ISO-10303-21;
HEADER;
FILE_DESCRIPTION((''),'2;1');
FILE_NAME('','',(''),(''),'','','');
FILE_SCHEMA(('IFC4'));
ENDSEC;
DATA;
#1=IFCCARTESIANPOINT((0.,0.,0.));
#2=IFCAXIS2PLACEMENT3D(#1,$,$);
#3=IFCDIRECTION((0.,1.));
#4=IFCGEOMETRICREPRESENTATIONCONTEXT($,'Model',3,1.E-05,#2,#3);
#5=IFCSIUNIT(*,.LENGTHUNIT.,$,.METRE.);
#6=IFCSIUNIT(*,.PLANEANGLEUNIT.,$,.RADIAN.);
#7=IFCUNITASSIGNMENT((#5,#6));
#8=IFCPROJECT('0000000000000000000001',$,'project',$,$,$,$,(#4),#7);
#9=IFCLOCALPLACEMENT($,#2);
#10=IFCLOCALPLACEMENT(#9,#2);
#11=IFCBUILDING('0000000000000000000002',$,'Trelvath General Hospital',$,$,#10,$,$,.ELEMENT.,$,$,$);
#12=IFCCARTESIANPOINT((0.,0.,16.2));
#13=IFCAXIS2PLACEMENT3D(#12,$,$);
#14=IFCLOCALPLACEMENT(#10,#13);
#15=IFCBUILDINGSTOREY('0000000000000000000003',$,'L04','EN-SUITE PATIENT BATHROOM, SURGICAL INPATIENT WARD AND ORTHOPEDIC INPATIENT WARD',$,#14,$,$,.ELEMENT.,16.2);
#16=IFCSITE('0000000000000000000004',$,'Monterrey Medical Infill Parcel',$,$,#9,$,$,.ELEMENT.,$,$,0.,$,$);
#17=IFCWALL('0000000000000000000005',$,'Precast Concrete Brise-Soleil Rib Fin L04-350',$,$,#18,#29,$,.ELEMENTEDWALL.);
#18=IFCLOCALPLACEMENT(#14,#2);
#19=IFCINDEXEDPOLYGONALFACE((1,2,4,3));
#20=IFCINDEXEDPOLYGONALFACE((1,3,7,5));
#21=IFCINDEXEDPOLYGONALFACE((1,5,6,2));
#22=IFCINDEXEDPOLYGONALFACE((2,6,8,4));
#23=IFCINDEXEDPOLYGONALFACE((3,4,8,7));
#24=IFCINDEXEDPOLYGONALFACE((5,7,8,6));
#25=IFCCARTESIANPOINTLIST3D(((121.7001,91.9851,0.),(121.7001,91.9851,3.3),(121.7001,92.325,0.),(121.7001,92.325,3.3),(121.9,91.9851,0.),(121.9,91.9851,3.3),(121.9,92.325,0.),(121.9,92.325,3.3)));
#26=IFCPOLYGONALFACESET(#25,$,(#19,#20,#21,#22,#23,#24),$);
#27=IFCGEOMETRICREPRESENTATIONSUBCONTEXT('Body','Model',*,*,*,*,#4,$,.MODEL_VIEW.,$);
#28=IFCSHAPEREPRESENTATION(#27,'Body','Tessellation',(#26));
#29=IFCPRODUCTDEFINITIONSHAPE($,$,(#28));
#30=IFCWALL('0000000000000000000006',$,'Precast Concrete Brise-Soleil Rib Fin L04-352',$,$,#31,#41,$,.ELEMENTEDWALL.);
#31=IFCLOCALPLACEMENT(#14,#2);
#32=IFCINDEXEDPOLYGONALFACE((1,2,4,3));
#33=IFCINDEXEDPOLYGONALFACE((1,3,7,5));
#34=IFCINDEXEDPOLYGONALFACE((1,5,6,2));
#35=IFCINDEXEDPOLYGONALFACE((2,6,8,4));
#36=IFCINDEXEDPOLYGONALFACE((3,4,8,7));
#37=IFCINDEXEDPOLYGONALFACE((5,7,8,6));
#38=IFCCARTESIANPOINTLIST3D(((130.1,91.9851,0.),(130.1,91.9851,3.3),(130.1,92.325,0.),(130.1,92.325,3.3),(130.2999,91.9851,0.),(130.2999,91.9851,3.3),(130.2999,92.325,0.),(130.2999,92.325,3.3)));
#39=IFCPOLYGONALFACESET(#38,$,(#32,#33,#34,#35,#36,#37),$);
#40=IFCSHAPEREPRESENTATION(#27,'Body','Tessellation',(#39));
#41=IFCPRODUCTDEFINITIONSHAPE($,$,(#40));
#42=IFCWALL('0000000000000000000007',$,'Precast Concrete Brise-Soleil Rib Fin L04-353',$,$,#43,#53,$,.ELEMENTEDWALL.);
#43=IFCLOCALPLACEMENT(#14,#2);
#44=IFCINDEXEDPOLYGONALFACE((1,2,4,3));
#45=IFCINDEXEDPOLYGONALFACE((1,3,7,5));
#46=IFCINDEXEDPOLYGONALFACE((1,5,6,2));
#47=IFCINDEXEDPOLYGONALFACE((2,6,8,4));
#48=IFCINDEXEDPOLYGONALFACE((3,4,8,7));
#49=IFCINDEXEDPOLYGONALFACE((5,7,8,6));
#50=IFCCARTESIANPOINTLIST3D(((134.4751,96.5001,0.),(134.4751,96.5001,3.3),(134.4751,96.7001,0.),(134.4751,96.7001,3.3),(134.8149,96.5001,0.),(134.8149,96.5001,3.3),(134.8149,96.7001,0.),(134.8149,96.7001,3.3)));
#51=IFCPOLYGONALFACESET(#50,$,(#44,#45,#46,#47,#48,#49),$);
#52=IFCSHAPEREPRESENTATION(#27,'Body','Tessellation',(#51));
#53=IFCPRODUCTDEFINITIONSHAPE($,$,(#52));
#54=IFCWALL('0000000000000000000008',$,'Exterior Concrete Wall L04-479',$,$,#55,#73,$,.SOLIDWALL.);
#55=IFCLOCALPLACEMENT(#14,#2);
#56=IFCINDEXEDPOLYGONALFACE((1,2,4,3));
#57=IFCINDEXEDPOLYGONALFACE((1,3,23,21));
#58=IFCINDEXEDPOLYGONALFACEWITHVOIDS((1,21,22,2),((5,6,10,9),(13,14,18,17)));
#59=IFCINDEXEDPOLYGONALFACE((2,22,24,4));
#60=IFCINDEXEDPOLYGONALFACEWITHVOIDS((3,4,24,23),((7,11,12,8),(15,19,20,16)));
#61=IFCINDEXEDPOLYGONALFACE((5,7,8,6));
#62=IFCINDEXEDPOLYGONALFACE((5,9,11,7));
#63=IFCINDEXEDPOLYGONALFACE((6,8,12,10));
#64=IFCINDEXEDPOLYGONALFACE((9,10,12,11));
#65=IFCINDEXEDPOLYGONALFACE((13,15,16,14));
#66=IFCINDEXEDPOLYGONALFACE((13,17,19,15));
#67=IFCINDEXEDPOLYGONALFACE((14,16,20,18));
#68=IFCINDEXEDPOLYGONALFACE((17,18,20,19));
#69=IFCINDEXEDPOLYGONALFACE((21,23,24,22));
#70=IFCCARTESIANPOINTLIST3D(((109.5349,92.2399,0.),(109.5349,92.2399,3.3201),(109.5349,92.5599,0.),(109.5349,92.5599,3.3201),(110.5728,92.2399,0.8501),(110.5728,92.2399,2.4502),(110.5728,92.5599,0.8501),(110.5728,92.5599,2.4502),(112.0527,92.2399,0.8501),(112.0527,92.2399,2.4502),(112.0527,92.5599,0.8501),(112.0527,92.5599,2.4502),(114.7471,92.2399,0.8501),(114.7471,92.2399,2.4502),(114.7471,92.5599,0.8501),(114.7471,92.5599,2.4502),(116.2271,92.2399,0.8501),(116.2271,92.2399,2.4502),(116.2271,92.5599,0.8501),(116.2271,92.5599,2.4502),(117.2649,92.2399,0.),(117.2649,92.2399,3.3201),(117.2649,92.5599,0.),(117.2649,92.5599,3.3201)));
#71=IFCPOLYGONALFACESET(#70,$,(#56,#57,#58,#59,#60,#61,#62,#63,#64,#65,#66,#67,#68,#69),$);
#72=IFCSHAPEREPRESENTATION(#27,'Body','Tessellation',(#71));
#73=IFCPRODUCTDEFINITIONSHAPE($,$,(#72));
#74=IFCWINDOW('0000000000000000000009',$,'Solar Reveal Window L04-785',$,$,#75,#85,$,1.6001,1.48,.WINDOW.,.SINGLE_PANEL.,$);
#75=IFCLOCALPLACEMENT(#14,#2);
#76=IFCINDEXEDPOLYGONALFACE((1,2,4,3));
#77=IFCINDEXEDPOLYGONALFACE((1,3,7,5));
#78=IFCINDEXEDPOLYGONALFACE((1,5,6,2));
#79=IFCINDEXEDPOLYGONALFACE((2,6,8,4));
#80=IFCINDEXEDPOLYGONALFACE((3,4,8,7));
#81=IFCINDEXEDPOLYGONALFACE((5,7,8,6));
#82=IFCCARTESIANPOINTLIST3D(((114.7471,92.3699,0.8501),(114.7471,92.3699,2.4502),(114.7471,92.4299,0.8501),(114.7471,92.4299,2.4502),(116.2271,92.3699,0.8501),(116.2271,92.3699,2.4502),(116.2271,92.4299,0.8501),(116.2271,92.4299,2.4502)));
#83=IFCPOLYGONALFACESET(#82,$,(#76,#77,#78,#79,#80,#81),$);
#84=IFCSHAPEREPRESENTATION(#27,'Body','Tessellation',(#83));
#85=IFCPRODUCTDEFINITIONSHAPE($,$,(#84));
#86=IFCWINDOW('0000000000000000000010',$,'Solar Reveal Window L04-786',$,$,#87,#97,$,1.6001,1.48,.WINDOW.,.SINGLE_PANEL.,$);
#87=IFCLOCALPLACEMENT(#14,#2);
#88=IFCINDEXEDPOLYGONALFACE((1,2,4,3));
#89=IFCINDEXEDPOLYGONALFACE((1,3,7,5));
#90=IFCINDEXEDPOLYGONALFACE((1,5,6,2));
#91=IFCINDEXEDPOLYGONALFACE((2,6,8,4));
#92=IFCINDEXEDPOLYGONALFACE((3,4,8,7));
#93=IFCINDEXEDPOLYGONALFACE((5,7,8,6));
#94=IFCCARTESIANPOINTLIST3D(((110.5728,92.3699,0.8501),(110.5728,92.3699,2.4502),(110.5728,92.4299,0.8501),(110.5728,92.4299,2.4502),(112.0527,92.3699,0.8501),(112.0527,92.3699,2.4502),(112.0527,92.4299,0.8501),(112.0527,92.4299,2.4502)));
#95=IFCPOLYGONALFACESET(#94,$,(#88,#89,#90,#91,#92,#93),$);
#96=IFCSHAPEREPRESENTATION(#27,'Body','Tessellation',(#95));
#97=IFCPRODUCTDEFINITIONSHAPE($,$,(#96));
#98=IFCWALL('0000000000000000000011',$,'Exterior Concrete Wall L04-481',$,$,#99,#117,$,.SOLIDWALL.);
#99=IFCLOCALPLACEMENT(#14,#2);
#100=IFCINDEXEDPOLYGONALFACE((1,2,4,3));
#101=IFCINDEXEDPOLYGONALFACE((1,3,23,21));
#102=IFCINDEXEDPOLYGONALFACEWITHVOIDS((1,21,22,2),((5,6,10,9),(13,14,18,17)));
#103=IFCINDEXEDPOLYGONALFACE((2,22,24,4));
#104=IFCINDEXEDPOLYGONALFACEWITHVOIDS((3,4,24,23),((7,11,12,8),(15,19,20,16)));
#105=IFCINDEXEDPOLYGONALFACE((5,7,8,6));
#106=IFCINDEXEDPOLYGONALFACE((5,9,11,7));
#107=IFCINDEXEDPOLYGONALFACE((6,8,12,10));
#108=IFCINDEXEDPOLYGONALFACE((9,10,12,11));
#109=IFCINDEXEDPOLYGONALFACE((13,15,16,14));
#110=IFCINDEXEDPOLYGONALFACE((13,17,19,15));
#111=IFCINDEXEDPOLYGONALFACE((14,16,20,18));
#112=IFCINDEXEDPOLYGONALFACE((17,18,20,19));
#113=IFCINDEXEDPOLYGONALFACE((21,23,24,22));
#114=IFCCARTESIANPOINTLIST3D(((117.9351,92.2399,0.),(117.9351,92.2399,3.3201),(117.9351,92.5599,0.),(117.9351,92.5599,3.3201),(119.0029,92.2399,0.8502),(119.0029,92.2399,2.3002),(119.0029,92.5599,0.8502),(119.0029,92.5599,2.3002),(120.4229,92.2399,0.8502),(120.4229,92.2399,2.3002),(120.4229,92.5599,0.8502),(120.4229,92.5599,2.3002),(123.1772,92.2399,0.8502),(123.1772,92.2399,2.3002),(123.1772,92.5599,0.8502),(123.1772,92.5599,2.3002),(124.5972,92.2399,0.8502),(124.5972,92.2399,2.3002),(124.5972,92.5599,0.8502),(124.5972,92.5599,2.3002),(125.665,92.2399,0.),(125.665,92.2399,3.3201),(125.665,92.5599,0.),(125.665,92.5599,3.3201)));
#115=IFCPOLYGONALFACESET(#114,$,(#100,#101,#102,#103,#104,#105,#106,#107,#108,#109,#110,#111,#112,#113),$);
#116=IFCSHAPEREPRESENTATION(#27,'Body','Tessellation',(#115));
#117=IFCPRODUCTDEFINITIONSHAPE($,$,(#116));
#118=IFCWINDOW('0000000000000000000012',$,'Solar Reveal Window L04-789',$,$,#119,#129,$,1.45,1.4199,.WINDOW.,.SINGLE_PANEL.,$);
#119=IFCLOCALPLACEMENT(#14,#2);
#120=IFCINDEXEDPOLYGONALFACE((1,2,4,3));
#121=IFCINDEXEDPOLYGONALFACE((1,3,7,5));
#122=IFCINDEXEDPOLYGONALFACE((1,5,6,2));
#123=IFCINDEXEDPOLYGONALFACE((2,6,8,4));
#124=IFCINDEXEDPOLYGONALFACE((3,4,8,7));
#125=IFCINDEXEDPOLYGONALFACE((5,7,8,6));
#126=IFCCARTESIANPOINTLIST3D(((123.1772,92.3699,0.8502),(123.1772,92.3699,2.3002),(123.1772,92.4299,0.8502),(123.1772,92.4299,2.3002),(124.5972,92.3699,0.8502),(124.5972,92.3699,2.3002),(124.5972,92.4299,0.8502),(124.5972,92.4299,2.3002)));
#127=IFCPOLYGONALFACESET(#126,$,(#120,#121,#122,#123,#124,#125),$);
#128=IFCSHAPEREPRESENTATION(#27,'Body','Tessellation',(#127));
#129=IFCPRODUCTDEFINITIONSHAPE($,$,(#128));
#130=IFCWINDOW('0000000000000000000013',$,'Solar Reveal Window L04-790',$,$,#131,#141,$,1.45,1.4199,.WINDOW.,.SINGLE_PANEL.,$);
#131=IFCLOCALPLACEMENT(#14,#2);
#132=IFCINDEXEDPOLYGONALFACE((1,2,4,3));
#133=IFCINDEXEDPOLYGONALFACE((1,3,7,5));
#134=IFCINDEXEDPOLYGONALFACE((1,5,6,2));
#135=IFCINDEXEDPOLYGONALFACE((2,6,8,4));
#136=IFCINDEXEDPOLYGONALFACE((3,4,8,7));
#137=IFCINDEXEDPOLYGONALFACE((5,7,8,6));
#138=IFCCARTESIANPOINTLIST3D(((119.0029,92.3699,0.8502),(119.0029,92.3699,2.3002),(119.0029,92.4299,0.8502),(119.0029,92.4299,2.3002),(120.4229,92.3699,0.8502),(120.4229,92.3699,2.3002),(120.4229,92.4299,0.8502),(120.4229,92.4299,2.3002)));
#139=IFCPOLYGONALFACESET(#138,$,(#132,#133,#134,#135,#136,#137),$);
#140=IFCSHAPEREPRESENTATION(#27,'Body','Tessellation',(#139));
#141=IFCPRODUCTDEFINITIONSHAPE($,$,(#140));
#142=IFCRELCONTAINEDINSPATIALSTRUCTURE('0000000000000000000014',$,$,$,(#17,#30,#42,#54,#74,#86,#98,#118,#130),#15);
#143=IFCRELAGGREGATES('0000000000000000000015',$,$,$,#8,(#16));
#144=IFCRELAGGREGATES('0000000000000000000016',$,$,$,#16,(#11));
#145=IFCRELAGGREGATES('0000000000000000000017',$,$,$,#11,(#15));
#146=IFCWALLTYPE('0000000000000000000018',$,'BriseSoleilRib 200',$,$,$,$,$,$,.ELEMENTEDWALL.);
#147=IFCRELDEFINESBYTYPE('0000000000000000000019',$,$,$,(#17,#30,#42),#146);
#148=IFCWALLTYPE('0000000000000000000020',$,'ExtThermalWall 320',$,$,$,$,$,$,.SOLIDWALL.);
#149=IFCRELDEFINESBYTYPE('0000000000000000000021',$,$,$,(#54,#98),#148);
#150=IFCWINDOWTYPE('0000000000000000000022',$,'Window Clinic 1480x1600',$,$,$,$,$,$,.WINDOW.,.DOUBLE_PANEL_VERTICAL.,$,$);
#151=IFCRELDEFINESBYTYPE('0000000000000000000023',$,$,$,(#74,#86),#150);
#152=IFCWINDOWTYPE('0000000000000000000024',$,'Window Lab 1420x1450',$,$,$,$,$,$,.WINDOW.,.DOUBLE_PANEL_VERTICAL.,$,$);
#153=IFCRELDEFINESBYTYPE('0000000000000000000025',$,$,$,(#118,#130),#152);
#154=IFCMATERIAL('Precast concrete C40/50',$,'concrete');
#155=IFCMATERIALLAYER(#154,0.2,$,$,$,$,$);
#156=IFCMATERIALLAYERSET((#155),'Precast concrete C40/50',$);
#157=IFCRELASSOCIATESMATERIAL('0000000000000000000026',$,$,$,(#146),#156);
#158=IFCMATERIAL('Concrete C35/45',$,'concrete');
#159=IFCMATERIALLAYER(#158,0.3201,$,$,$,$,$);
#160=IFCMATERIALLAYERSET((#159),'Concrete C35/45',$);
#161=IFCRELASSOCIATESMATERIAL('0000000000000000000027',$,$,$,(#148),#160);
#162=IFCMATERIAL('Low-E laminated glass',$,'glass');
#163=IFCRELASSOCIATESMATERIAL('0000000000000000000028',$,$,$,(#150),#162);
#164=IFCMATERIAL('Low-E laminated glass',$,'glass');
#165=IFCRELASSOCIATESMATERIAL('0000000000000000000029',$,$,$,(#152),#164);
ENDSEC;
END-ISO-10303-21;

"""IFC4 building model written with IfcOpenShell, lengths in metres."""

from ifc_helpers import new_model, si_unit, direction, frame, frame_2d, origin, place, context, subcontext, project, spatial, rectangle, extrude, material, layer, layer_set, type_object, element, fill, save


model = new_model("IFC4")

# Units and contexts
model_context = context("Model", 3, precision=1e-05, world=origin(), true_north=direction((0.0, 1.0)))
body_context = subcontext(model_context, "Body", "Model", "MODEL_VIEW")
ifc_project = project(units=[si_unit("LENGTHUNIT", "METRE"), si_unit("PLANEANGLEUNIT", "RADIAN")], contexts=[model_context])

# Site, building, storey
site_placement = place(None, origin())
site = spatial("IfcSite", under=ifc_project, at=site_placement, Name="Monterrey Medical Infill Parcel", CompositionType="ELEMENT", RefElevation=0.0)
building_placement = place(site_placement, origin())
building = spatial("IfcBuilding", under=site, at=building_placement, Name="Trelvath General Hospital", CompositionType="ELEMENT")
storey_placement = place(building_placement, frame((0.0, 0.0, 16.2)))
storey = spatial("IfcBuildingStorey", under=building, at=storey_placement, Name="L04", Description="EN-SUITE PATIENT BATHROOM, SURGICAL INPATIENT WARD AND ORTHOPEDIC INPATIENT WARD", CompositionType="ELEMENT", Elevation=16.2)

# Walls
ifc_material_1 = material(Name="Precast concrete C40/50", Category="concrete")
ifc_layer_1 = layer(ifc_material_1, 0.2)
ifc_layer_set_1 = layer_set([ifc_layer_1], Name="Precast concrete C40/50")
wall_type_1 = type_object("IfcWallType", Name="BriseSoleilRib 200", PredefinedType="ELEMENTEDWALL", material=ifc_layer_set_1)
for number, where, z_axis, x_axis, name in (
    (1, (121.8, 92.325, 0.0), (0.0, 0.0, 1.0), (0.0, -1.0, 0.0), "Precast Concrete Brise-Soleil Rib Fin L04-350"),
    (2, (130.2, 92.325, 0.0), (0.0, 0.0, 1.0), (0.0, -1.0, 0.0), "Precast Concrete Brise-Soleil Rib Fin L04-352"),
    (3, (134.4751, 96.6001, 0.0), (0.0, 0.0, 1.0), (1.0, 0.0, 0.0), "Precast Concrete Brise-Soleil Rib Fin L04-353"),
):
    element("IfcWall", number, at=place(storey_placement, frame(where, z_axis=z_axis, x_axis=x_axis)), inside=storey, type_object=wall_type_1, Name=name, PredefinedType="ELEMENTEDWALL", context=body_context, shape_type="SweptSolid", body=[
        extrude(rectangle(XDim=0.3398, YDim=0.2, at=frame_2d((0.1699, 0.0))), origin(), (0.0, 0.0, 1.0), 3.3),
    ])

# Walls, openings, windows
ifc_material_2 = material(Name="Concrete C35/45", Category="concrete")
ifc_layer_2 = layer(ifc_material_2, 0.3201)
ifc_layer_set_2 = layer_set([ifc_layer_2], Name="Concrete C35/45")
wall_type_2 = type_object("IfcWallType", Name="ExtThermalWall 320", PredefinedType="SOLIDWALL", material=ifc_layer_set_2)
wall_1_placement = place(storey_placement, frame((117.2649, 92.3999, 0.0), z_axis=(0.0, 0.0, 1.0), x_axis=(-1.0, 0.0, 0.0)))
wall_1 = element("IfcWall", 4, at=wall_1_placement, inside=storey, type_object=wall_type_2, Name="Exterior Concrete Wall L04-479", PredefinedType="SOLIDWALL", context=body_context, shape_type="SweptSolid", body=[
    extrude(rectangle(XDim=7.73, YDim=0.3201, at=frame_2d((3.865, 0.0))), origin(), (0.0, 0.0, 1.0), 3.3201),
])
opening_1_placement = place(wall_1_placement, frame((1.0378, 0.0, 0.8501)))
opening_1 = element("IfcOpeningElement", 5, at=opening_1_placement, cuts=wall_1, PredefinedType="OPENING", context=body_context, shape_type="SweptSolid", body=[
    extrude(rectangle(XDim=1.48, YDim=1.6001, at=frame_2d((0.74, 0.8))), frame((0.0, 0.1699, 0.0), z_axis=(0.0, -1.0, 0.0), x_axis=(1.0, 0.0, 0.0)), (0.0, 0.0, 1.0), 0.3401),
])
opening_2_placement = place(wall_1_placement, frame((5.2122, 0.0, 0.8501)))
opening_2 = element("IfcOpeningElement", 6, at=opening_2_placement, cuts=wall_1, PredefinedType="OPENING", context=body_context, shape_type="SweptSolid", body=[
    extrude(rectangle(XDim=1.48, YDim=1.6001, at=frame_2d((0.74, 0.8))), frame((0.0, 0.1699, 0.0), z_axis=(0.0, -1.0, 0.0), x_axis=(1.0, 0.0, 0.0)), (0.0, 0.0, 1.0), 0.3401),
])
ifc_material_3 = material(Name="Low-E laminated glass", Category="glass")
window_type_1 = type_object("IfcWindowType", Name="Window Clinic 1480x1600", PartitioningType="DOUBLE_PANEL_VERTICAL", PredefinedType="WINDOW", material=ifc_material_3)
window_1_placement = place(opening_1_placement, origin())
window_1 = element("IfcWindow", 7, at=window_1_placement, inside=storey, type_object=window_type_1, Name="Solar Reveal Window L04-785", OverallHeight=1.6001, OverallWidth=1.48, PartitioningType="SINGLE_PANEL", PredefinedType="WINDOW", context=body_context, shape_type="SweptSolid", body=[
    extrude(rectangle(XDim=1.48, YDim=1.6001, at=frame_2d((0.74, 0.8))), frame((0.0, 0.03, 0.0), z_axis=(0.0, -1.0, 0.0), x_axis=(1.0, 0.0, 0.0)), (0.0, 0.0, 1.0), 0.0601),
])
fill(opening_1, window_1)
window_2_placement = place(opening_2_placement, origin())
window_2 = element("IfcWindow", 8, at=window_2_placement, inside=storey, type_object=window_type_1, Name="Solar Reveal Window L04-786", OverallHeight=1.6001, OverallWidth=1.48, PartitioningType="SINGLE_PANEL", PredefinedType="WINDOW", context=body_context, shape_type="SweptSolid", body=[
    extrude(rectangle(XDim=1.48, YDim=1.6001, at=frame_2d((0.74, 0.8))), frame((0.0, 0.03, 0.0), z_axis=(0.0, -1.0, 0.0), x_axis=(1.0, 0.0, 0.0)), (0.0, 0.0, 1.0), 0.0601),
])
fill(opening_2, window_2)
wall_2_placement = place(storey_placement, frame((125.665, 92.3999, 0.0), z_axis=(0.0, 0.0, 1.0), x_axis=(-1.0, 0.0, 0.0)))
wall_2 = element("IfcWall", 9, at=wall_2_placement, inside=storey, type_object=wall_type_2, Name="Exterior Concrete Wall L04-481", PredefinedType="SOLIDWALL", context=body_context, shape_type="SweptSolid", body=[
    extrude(rectangle(XDim=7.73, YDim=0.3201, at=frame_2d((3.865, 0.0))), origin(), (0.0, 0.0, 1.0), 3.3201),
])
opening_3_placement = place(wall_2_placement, frame((1.0679, 0.0, 0.8501)))
opening_3 = element("IfcOpeningElement", 10, at=opening_3_placement, cuts=wall_2, PredefinedType="OPENING", context=body_context, shape_type="SweptSolid", body=[
    extrude(rectangle(XDim=1.4199, YDim=1.45, at=frame_2d((0.71, 0.7251))), frame((0.0, 0.1699, 0.0), z_axis=(0.0, -1.0, 0.0), x_axis=(1.0, 0.0, 0.0)), (0.0, 0.0, 1.0), 0.3401),
])
opening_4_placement = place(wall_2_placement, frame((5.2422, 0.0, 0.8501)))
opening_4 = element("IfcOpeningElement", 11, at=opening_4_placement, cuts=wall_2, PredefinedType="OPENING", context=body_context, shape_type="SweptSolid", body=[
    extrude(rectangle(XDim=1.4199, YDim=1.45, at=frame_2d((0.71, 0.7251))), frame((0.0, 0.1699, 0.0), z_axis=(0.0, -1.0, 0.0), x_axis=(1.0, 0.0, 0.0)), (0.0, 0.0, 1.0), 0.3401),
])
ifc_material_4 = material(Name="Low-E laminated glass", Category="glass")
window_type_2 = type_object("IfcWindowType", Name="Window Lab 1420x1450", PartitioningType="DOUBLE_PANEL_VERTICAL", PredefinedType="WINDOW", material=ifc_material_4)
window_3_placement = place(opening_3_placement, origin())
window_3 = element("IfcWindow", 12, at=window_3_placement, inside=storey, type_object=window_type_2, Name="Solar Reveal Window L04-789", OverallHeight=1.45, OverallWidth=1.4199, PartitioningType="SINGLE_PANEL", PredefinedType="WINDOW", context=body_context, shape_type="SweptSolid", body=[
    extrude(rectangle(XDim=1.4199, YDim=1.45, at=frame_2d((0.71, 0.7251))), frame((0.0, 0.03, 0.0), z_axis=(0.0, -1.0, 0.0), x_axis=(1.0, 0.0, 0.0)), (0.0, 0.0, 1.0), 0.0601),
])
fill(opening_3, window_3)
window_4_placement = place(opening_4_placement, origin())
window_4 = element("IfcWindow", 13, at=window_4_placement, inside=storey, type_object=window_type_2, Name="Solar Reveal Window L04-790", OverallHeight=1.45, OverallWidth=1.4199, PartitioningType="SINGLE_PANEL", PredefinedType="WINDOW", context=body_context, shape_type="SweptSolid", body=[
    extrude(rectangle(XDim=1.4199, YDim=1.45, at=frame_2d((0.71, 0.7251))), frame((0.0, 0.03, 0.0), z_axis=(0.0, -1.0, 0.0), x_axis=(1.0, 0.0, 0.0)), (0.0, 0.0, 1.0), 0.0601),
])
fill(opening_4, window_4)

save(model, "model.ifc")
